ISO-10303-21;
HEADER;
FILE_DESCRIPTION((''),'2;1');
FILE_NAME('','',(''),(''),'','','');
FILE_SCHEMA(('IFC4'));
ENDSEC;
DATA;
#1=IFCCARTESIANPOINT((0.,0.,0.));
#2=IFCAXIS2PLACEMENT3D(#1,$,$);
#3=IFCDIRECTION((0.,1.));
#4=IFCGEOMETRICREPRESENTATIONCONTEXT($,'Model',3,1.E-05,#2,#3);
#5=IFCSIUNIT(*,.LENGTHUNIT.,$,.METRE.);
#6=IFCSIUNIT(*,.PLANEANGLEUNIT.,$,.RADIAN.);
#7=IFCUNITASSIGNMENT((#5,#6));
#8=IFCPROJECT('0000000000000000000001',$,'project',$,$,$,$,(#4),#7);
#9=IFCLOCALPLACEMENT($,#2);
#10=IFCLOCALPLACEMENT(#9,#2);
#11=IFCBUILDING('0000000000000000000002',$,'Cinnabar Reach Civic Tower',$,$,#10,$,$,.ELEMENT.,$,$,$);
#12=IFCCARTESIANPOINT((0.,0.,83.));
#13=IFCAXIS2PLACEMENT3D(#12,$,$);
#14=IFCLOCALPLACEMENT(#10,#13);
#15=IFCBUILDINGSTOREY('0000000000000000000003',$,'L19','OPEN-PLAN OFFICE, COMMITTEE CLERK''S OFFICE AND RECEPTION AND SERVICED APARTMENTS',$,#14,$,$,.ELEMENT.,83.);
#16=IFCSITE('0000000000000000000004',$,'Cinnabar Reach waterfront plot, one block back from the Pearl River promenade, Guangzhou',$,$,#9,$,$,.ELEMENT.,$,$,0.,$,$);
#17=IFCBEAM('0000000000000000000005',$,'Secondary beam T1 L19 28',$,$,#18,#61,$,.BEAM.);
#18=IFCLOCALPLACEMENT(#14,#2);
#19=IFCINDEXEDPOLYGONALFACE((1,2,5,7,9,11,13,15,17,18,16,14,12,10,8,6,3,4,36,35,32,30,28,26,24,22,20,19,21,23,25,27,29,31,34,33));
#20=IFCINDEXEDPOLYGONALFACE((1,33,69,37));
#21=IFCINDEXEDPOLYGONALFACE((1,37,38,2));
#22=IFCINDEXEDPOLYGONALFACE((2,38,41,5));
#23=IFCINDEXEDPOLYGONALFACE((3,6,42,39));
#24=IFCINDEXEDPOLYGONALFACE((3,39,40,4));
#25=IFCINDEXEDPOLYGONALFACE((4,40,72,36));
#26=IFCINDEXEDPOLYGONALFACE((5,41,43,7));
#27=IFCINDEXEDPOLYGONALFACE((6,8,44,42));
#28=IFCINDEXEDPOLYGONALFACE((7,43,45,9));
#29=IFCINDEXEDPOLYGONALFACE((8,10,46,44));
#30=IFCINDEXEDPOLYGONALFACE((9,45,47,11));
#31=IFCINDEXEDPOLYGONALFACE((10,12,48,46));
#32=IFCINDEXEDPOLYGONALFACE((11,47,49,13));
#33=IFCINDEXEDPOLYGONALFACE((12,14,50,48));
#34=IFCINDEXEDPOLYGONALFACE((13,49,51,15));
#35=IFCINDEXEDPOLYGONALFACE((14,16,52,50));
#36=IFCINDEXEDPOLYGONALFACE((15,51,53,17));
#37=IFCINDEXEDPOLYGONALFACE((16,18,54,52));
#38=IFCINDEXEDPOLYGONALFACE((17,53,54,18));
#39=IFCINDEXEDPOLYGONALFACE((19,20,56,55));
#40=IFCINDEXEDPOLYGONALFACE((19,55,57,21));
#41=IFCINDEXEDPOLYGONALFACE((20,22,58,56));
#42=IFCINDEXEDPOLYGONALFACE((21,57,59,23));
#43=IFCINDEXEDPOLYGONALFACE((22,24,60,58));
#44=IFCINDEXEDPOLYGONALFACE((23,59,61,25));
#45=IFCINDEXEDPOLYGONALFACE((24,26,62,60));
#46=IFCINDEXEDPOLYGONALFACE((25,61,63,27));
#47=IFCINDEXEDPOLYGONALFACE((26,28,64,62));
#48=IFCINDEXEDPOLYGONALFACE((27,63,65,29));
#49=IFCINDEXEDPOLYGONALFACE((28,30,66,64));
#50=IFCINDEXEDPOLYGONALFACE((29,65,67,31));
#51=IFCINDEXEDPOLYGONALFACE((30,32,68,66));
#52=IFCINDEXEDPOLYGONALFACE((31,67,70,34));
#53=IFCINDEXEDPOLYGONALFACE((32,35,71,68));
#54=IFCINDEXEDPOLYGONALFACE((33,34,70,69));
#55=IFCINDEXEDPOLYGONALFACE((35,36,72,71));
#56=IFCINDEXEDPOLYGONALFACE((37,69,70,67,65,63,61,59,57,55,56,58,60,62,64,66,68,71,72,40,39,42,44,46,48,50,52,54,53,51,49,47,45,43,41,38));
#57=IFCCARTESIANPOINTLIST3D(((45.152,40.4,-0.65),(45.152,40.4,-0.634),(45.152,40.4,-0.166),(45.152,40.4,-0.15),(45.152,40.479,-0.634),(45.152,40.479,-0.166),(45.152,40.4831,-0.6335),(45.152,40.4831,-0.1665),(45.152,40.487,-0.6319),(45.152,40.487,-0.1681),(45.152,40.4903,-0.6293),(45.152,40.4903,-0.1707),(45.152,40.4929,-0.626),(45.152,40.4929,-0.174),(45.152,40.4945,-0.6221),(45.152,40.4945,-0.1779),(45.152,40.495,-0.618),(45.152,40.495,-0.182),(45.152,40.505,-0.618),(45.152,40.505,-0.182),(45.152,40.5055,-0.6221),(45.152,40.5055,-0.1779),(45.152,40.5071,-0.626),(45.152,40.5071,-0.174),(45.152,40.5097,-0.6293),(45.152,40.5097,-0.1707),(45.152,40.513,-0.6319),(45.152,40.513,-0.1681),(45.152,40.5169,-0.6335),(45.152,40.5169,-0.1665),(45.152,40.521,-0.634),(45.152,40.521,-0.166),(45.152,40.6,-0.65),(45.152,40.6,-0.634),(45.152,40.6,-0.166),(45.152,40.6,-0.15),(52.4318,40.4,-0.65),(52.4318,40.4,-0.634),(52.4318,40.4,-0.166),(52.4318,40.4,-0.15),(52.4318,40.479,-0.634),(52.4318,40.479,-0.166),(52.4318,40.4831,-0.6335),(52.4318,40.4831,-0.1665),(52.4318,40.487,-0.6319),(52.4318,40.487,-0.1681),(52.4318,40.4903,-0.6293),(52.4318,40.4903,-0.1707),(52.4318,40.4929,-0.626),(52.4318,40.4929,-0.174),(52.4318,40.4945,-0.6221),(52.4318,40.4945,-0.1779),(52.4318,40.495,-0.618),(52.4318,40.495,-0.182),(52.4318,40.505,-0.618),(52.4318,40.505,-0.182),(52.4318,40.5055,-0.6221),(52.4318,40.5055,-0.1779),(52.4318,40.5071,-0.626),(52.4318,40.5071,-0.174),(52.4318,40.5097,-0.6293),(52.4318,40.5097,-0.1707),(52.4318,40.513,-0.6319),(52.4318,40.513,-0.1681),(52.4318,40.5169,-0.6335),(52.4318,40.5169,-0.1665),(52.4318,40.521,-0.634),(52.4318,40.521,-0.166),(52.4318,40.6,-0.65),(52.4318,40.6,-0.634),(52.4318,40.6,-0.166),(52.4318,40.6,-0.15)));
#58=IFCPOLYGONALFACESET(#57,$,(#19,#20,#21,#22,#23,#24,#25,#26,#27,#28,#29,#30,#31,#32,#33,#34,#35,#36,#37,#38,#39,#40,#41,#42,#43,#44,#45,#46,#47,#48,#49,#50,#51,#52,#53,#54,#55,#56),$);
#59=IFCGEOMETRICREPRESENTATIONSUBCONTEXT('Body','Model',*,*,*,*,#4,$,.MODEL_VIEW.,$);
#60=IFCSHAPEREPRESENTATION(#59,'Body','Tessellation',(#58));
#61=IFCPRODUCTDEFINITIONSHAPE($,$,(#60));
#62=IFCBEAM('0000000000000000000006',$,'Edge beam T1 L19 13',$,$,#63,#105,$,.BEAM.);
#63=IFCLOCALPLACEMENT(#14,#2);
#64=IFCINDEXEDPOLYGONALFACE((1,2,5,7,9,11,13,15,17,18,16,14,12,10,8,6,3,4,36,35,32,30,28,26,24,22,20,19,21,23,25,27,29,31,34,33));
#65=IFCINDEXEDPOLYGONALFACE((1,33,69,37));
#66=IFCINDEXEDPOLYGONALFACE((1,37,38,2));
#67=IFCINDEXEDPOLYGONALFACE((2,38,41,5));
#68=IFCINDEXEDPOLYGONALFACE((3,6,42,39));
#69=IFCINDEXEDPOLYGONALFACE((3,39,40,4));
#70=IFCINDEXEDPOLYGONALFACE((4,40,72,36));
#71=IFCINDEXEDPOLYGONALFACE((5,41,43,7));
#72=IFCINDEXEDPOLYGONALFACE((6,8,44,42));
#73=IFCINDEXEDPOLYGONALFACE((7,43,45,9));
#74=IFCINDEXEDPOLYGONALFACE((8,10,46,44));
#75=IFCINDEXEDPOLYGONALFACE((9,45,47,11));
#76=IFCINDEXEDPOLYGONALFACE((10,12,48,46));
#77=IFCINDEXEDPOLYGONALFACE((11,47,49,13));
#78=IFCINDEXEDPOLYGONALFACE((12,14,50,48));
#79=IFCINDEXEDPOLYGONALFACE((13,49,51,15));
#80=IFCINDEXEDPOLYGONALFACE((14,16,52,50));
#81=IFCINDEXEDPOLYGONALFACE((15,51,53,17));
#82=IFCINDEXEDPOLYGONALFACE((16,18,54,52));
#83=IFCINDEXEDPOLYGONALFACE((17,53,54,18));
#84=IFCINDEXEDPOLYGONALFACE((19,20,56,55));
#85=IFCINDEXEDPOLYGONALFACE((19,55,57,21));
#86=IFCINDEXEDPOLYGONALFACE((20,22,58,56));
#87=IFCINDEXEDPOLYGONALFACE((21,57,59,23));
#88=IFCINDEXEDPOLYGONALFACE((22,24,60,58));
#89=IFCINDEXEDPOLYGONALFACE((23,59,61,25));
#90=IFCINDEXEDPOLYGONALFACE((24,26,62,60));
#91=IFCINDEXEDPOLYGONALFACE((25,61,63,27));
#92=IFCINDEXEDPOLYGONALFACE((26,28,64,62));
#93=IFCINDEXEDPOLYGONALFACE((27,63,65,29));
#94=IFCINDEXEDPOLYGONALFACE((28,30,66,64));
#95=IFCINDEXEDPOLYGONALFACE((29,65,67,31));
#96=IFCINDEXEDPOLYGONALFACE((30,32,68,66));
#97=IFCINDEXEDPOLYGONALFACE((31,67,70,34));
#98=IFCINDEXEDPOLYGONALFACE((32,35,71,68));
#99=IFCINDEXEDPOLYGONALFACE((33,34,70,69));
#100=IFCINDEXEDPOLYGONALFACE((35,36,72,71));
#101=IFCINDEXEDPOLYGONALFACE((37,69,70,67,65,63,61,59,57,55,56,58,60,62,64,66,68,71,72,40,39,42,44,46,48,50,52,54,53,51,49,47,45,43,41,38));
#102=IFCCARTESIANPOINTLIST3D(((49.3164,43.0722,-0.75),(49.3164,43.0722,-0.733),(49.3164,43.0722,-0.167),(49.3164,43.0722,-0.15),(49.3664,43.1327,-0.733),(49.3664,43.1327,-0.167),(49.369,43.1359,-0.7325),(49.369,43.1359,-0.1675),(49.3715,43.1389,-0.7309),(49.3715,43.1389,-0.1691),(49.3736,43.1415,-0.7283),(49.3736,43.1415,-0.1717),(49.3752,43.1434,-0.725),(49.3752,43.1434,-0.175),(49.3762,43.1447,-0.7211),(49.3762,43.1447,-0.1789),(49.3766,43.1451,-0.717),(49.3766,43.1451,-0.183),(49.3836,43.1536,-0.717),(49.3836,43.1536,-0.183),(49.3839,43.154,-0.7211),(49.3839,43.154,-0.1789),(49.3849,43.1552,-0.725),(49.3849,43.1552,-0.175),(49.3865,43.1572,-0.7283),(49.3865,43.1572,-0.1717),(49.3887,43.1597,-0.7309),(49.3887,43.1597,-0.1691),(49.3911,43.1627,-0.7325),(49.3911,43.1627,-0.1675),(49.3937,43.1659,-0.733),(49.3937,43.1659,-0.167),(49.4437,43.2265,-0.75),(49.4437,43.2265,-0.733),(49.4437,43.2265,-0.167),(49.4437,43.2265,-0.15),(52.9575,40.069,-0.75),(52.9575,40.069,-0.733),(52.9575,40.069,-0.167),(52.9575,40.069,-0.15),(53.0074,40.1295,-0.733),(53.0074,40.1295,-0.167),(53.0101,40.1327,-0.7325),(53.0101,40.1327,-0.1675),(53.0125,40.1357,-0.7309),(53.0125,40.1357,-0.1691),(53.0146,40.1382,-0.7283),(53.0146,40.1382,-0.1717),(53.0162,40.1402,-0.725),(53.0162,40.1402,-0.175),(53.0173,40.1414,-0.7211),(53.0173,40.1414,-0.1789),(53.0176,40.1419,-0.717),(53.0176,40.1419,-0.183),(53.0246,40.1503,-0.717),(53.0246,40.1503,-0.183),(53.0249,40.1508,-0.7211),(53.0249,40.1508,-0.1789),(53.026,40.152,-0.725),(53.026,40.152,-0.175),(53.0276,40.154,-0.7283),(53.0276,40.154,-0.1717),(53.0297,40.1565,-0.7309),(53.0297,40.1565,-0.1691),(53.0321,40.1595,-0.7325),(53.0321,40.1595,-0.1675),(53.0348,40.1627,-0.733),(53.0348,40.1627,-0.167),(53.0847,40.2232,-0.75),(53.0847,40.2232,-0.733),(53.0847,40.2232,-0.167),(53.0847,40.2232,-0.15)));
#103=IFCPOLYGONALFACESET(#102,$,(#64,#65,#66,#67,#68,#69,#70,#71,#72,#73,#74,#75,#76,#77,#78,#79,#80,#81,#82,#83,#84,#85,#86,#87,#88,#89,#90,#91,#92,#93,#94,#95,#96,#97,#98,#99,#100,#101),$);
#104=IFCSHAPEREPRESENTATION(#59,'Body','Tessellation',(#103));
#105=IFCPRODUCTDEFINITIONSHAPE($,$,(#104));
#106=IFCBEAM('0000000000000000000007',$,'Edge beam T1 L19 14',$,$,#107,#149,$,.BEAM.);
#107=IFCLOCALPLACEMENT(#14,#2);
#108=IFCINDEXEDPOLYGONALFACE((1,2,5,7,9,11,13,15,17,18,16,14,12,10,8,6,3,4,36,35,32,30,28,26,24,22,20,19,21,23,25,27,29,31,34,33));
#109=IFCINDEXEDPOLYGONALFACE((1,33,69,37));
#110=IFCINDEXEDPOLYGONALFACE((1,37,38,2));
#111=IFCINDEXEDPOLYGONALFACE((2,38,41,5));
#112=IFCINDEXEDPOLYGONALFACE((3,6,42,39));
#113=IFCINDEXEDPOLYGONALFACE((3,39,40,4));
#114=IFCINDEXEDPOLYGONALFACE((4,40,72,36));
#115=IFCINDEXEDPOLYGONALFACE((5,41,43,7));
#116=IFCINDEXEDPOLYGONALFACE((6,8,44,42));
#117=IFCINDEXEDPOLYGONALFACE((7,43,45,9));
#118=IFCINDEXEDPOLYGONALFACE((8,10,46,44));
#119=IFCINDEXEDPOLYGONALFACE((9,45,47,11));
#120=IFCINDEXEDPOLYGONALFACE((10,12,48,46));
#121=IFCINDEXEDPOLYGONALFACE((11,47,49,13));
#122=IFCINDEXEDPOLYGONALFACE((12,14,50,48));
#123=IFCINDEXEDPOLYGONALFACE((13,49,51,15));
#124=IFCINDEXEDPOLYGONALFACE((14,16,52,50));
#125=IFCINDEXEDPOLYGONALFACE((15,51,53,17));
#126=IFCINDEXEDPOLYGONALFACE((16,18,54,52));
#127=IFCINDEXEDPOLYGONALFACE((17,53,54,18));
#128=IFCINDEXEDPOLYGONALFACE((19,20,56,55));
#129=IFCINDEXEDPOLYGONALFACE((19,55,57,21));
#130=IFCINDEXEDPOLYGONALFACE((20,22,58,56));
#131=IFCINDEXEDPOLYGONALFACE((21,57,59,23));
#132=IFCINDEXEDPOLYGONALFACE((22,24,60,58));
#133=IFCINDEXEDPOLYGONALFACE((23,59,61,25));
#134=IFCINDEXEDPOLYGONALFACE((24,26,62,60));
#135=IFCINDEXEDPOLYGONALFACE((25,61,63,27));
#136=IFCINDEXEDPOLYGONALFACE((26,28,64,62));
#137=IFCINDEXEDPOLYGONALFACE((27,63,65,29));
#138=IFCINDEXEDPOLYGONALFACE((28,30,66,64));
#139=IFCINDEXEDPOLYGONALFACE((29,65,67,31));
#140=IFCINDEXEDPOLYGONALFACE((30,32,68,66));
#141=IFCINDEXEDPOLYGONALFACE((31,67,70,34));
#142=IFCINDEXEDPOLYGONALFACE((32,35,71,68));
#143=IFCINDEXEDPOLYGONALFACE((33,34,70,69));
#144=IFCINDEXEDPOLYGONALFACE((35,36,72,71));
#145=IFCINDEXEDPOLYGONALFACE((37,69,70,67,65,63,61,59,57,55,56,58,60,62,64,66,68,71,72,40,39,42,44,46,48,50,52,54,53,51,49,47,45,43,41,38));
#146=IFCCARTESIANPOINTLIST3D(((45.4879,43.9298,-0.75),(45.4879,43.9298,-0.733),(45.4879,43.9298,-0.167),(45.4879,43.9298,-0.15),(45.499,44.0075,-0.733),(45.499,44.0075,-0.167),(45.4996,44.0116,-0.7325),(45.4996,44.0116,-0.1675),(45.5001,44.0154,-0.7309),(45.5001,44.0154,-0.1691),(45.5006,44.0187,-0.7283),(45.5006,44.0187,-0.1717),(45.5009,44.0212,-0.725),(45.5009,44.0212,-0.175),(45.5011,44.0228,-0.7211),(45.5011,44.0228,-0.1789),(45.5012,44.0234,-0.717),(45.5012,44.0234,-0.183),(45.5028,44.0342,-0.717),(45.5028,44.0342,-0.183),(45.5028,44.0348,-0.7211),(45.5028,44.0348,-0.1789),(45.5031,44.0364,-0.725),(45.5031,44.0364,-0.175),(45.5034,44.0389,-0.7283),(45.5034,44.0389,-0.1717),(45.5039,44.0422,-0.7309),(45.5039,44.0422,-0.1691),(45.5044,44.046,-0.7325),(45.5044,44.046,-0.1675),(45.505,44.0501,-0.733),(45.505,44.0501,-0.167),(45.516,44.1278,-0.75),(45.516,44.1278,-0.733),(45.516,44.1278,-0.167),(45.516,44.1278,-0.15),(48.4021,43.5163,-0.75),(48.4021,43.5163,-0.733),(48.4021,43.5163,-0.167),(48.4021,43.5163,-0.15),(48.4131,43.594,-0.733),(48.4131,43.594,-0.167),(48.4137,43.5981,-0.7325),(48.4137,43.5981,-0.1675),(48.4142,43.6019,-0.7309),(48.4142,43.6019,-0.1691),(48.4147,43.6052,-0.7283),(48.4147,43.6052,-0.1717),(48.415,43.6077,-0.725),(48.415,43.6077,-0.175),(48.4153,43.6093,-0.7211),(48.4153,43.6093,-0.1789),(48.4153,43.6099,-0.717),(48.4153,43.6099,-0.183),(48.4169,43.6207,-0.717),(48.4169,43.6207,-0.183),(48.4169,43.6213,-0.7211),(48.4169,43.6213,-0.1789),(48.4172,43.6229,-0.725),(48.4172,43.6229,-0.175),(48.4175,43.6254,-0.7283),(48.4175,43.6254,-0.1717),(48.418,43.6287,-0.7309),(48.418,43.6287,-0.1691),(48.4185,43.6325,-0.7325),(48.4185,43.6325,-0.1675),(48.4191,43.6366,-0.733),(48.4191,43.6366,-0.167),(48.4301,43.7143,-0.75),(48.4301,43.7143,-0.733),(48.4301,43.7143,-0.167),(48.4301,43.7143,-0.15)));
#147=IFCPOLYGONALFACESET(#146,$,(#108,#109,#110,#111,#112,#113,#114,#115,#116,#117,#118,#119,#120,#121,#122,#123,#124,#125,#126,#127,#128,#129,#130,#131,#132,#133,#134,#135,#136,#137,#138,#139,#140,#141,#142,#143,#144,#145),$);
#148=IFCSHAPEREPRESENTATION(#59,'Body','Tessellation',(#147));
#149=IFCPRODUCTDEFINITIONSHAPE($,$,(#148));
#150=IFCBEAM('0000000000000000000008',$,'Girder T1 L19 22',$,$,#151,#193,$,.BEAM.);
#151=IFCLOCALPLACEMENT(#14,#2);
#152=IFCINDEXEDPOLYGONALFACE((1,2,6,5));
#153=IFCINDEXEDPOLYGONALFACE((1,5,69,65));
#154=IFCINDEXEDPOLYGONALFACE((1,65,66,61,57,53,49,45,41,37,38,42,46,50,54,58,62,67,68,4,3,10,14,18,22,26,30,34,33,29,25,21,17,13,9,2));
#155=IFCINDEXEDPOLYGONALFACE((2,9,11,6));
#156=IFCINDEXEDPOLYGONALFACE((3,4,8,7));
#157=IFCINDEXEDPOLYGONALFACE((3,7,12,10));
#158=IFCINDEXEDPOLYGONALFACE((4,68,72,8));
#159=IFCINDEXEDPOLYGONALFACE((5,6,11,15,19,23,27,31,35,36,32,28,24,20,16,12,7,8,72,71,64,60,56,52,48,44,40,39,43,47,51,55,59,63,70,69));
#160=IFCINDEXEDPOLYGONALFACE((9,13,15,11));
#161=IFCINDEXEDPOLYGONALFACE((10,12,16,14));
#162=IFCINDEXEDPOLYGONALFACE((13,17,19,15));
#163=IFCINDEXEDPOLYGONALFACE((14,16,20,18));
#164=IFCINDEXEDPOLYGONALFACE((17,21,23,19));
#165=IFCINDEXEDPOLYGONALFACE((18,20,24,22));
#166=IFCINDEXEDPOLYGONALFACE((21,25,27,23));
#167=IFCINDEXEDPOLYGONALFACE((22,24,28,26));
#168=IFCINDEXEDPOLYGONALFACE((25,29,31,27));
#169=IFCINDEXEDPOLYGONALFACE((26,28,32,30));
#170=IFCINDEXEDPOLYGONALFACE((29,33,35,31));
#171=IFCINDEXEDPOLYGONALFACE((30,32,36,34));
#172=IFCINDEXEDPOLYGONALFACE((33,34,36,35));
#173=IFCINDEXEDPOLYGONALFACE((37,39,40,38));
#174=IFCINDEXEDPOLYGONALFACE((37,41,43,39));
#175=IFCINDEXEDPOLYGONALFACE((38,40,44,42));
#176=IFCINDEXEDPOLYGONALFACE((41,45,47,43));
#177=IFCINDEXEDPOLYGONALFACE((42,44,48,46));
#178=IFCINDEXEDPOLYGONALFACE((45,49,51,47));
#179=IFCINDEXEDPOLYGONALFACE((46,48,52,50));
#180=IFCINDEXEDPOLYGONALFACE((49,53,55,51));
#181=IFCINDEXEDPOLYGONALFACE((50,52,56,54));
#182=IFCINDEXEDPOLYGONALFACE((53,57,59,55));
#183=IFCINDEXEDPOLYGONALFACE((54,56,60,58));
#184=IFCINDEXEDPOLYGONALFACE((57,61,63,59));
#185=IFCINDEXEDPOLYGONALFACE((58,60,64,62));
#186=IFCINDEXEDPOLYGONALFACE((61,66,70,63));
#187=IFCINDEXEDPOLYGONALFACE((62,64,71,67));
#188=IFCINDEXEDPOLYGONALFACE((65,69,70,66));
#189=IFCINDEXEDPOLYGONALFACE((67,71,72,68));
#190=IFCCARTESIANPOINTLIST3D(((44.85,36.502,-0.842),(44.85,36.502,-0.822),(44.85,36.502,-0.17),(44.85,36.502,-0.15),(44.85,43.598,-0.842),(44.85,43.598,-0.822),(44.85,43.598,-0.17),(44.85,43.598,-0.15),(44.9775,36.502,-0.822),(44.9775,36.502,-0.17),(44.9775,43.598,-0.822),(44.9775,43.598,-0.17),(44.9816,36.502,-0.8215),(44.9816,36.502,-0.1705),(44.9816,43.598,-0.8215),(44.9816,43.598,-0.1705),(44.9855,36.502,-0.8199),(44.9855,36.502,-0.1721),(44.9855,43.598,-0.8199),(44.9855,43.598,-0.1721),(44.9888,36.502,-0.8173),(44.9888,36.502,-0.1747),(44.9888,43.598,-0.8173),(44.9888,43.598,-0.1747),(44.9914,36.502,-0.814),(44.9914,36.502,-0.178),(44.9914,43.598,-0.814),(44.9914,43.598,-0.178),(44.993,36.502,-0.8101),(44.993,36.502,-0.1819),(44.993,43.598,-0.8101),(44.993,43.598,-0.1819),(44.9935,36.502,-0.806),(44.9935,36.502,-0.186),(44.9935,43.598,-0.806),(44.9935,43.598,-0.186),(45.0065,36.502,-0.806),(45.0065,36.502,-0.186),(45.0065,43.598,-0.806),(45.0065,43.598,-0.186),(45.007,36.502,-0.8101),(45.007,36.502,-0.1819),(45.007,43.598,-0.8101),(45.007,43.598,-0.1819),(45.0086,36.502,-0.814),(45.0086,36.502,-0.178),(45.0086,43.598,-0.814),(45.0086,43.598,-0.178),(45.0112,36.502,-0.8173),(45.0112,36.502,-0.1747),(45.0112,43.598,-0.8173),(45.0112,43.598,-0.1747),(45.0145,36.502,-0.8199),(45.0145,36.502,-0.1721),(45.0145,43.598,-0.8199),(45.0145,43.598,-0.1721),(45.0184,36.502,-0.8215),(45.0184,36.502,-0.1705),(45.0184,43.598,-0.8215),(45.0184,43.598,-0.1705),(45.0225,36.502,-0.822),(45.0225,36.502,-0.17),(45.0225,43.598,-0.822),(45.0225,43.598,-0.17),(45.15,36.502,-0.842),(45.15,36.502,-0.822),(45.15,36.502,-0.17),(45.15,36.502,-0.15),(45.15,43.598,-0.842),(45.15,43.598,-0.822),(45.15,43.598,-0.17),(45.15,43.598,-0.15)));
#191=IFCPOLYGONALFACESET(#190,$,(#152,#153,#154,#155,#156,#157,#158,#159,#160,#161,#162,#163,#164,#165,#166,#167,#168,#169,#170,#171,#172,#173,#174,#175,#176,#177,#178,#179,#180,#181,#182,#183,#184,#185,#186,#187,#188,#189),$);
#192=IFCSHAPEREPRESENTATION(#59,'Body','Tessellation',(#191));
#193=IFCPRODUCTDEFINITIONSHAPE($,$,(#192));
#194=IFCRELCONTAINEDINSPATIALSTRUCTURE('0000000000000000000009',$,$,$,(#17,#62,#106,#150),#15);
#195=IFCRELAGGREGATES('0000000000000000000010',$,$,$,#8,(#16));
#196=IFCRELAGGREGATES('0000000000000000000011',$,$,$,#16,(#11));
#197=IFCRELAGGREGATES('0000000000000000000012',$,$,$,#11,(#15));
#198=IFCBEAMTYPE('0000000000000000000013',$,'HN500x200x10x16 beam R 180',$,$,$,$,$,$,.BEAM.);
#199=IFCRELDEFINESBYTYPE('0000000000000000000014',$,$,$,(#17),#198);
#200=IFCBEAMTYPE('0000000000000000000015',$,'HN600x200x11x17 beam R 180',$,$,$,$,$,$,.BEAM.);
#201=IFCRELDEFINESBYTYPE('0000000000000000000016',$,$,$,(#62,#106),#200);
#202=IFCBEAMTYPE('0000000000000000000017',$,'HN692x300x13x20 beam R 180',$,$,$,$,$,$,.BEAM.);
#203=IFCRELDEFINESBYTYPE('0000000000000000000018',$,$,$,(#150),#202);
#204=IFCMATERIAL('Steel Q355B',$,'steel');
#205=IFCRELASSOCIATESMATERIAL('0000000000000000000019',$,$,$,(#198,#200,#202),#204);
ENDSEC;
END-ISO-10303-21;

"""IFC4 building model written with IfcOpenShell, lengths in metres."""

from ifc_helpers import new_model, si_unit, direction, frame, origin, origin_2d, place, context, subcontext, project, spatial, i_section, extrude, material, material_profile, profile_set, type_object, element, save


model = new_model("IFC4")

# Units and contexts
model_context = context("Model", 3, precision=1e-05, world=origin(), true_north=direction((0.0, 1.0)))
body_context = subcontext(model_context, "Body", "Model", "MODEL_VIEW")
ifc_project = project(units=[si_unit("LENGTHUNIT", "METRE"), si_unit("PLANEANGLEUNIT", "RADIAN")], contexts=[model_context])

# Site, building, storey
site_placement = place(None, origin())
site = spatial("IfcSite", under=ifc_project, at=site_placement, Name="Cinnabar Reach waterfront plot, one block back from the Pearl River promenade, Guangzhou", CompositionType="ELEMENT", RefElevation=0.0)
building_placement = place(site_placement, origin())
building = spatial("IfcBuilding", under=site, at=building_placement, Name="Cinnabar Reach Civic Tower", CompositionType="ELEMENT")
storey_placement = place(building_placement, frame((0.0, 0.0, 83.0)))
storey = spatial("IfcBuildingStorey", under=building, at=storey_placement, Name="L19", Description="OPEN-PLAN OFFICE, COMMITTEE CLERK'S OFFICE AND RECEPTION AND SERVICED APARTMENTS", CompositionType="ELEMENT", Elevation=83.0)

# Beams
ifc_material_1 = material(Name="Steel Q355B", Category="steel")
ifc_material_profile_1 = material_profile(ifc_material_1, i_section(OverallWidth=0.2, OverallDepth=0.5, WebThickness=0.01, FlangeThickness=0.016, FilletRadius=0.016, at=origin_2d()), Name="HN500x200x10x16")
ifc_profile_set_1 = profile_set([ifc_material_profile_1], Name="Steel Q355B")
beam_type_1 = type_object("IfcBeamType", Name="HN500x200x10x16 beam R 180", PredefinedType="BEAM", material=ifc_profile_set_1)
beam_1_placement = place(storey_placement, frame((45.152, 40.5, -0.4), z_axis=(1.0, 0.0, 0.0), x_axis=(0.0, 1.0, 0.0)))
element("IfcBeam", 1, at=beam_1_placement, inside=storey, type_object=beam_type_1, Name="Secondary beam T1 L19 28", PredefinedType="BEAM", context=body_context, shape_type="SweptSolid", body=[
    extrude(i_section(OverallWidth=0.2, OverallDepth=0.5, WebThickness=0.01, FlangeThickness=0.016, FilletRadius=0.016, at=origin_2d()), origin(), (0.0, 0.0, 1.0), 7.2798),
])
ifc_material_profile_2 = material_profile(ifc_material_1, i_section(OverallWidth=0.2, OverallDepth=0.6, WebThickness=0.011, FlangeThickness=0.017, FilletRadius=0.016, at=origin_2d()), Name="HN600x200x11x17")
ifc_profile_set_2 = profile_set([ifc_material_profile_2], Name="Steel Q355B")
beam_type_2 = type_object("IfcBeamType", Name="HN600x200x11x17 beam R 180", PredefinedType="BEAM", material=ifc_profile_set_2)
beam_2_placement = place(storey_placement, frame((53.0211, 40.1461, -0.45), z_axis=(-0.771438, 0.636304, 0.0), x_axis=(-0.636304, -0.771438, 0.0)))
element("IfcBeam", 2, at=beam_2_placement, inside=storey, type_object=beam_type_2, Name="Edge beam T1 L19 13", PredefinedType="BEAM", context=body_context, shape_type="SweptSolid", body=[
    extrude(i_section(OverallWidth=0.2, OverallDepth=0.6, WebThickness=0.011, FlangeThickness=0.017, FilletRadius=0.016, at=origin_2d()), origin(), (0.0, 0.0, 1.0), 4.7198),
])
beam_3_placement = place(storey_placement, frame((48.4161, 43.6153, -0.45), z_axis=(-0.990082, 0.140489, 0.0), x_axis=(-0.140489, -0.990082, 0.0)))
element("IfcBeam", 3, at=beam_3_placement, inside=storey, type_object=beam_type_2, Name="Edge beam T1 L19 14", PredefinedType="BEAM", context=body_context, shape_type="SweptSolid", body=[
    extrude(i_section(OverallWidth=0.2, OverallDepth=0.6, WebThickness=0.011, FlangeThickness=0.017, FilletRadius=0.016, at=origin_2d()), origin(), (0.0, 0.0, 1.0), 2.9433),
])
ifc_material_profile_3 = material_profile(ifc_material_1, i_section(OverallWidth=0.3, OverallDepth=0.692, WebThickness=0.013, FlangeThickness=0.02, FilletRadius=0.016, at=origin_2d()), Name="HN692x300x13x20")
ifc_profile_set_3 = profile_set([ifc_material_profile_3], Name="Steel Q355B")
beam_type_3 = type_object("IfcBeamType", Name="HN692x300x13x20 beam R 180", PredefinedType="BEAM", material=ifc_profile_set_3)
beam_4_placement = place(storey_placement, frame((45.0, 36.502, -0.496), z_axis=(0.0, 1.0, 0.0), x_axis=(-1.0, 0.0, 0.0)))
element("IfcBeam", 4, at=beam_4_placement, inside=storey, type_object=beam_type_3, Name="Girder T1 L19 22", PredefinedType="BEAM", context=body_context, shape_type="SweptSolid", body=[
    extrude(i_section(OverallWidth=0.3, OverallDepth=0.692, WebThickness=0.013, FlangeThickness=0.02, FilletRadius=0.016, at=origin_2d()), origin(), (0.0, 0.0, 1.0), 7.096),
])

save(model, "model.ifc")
